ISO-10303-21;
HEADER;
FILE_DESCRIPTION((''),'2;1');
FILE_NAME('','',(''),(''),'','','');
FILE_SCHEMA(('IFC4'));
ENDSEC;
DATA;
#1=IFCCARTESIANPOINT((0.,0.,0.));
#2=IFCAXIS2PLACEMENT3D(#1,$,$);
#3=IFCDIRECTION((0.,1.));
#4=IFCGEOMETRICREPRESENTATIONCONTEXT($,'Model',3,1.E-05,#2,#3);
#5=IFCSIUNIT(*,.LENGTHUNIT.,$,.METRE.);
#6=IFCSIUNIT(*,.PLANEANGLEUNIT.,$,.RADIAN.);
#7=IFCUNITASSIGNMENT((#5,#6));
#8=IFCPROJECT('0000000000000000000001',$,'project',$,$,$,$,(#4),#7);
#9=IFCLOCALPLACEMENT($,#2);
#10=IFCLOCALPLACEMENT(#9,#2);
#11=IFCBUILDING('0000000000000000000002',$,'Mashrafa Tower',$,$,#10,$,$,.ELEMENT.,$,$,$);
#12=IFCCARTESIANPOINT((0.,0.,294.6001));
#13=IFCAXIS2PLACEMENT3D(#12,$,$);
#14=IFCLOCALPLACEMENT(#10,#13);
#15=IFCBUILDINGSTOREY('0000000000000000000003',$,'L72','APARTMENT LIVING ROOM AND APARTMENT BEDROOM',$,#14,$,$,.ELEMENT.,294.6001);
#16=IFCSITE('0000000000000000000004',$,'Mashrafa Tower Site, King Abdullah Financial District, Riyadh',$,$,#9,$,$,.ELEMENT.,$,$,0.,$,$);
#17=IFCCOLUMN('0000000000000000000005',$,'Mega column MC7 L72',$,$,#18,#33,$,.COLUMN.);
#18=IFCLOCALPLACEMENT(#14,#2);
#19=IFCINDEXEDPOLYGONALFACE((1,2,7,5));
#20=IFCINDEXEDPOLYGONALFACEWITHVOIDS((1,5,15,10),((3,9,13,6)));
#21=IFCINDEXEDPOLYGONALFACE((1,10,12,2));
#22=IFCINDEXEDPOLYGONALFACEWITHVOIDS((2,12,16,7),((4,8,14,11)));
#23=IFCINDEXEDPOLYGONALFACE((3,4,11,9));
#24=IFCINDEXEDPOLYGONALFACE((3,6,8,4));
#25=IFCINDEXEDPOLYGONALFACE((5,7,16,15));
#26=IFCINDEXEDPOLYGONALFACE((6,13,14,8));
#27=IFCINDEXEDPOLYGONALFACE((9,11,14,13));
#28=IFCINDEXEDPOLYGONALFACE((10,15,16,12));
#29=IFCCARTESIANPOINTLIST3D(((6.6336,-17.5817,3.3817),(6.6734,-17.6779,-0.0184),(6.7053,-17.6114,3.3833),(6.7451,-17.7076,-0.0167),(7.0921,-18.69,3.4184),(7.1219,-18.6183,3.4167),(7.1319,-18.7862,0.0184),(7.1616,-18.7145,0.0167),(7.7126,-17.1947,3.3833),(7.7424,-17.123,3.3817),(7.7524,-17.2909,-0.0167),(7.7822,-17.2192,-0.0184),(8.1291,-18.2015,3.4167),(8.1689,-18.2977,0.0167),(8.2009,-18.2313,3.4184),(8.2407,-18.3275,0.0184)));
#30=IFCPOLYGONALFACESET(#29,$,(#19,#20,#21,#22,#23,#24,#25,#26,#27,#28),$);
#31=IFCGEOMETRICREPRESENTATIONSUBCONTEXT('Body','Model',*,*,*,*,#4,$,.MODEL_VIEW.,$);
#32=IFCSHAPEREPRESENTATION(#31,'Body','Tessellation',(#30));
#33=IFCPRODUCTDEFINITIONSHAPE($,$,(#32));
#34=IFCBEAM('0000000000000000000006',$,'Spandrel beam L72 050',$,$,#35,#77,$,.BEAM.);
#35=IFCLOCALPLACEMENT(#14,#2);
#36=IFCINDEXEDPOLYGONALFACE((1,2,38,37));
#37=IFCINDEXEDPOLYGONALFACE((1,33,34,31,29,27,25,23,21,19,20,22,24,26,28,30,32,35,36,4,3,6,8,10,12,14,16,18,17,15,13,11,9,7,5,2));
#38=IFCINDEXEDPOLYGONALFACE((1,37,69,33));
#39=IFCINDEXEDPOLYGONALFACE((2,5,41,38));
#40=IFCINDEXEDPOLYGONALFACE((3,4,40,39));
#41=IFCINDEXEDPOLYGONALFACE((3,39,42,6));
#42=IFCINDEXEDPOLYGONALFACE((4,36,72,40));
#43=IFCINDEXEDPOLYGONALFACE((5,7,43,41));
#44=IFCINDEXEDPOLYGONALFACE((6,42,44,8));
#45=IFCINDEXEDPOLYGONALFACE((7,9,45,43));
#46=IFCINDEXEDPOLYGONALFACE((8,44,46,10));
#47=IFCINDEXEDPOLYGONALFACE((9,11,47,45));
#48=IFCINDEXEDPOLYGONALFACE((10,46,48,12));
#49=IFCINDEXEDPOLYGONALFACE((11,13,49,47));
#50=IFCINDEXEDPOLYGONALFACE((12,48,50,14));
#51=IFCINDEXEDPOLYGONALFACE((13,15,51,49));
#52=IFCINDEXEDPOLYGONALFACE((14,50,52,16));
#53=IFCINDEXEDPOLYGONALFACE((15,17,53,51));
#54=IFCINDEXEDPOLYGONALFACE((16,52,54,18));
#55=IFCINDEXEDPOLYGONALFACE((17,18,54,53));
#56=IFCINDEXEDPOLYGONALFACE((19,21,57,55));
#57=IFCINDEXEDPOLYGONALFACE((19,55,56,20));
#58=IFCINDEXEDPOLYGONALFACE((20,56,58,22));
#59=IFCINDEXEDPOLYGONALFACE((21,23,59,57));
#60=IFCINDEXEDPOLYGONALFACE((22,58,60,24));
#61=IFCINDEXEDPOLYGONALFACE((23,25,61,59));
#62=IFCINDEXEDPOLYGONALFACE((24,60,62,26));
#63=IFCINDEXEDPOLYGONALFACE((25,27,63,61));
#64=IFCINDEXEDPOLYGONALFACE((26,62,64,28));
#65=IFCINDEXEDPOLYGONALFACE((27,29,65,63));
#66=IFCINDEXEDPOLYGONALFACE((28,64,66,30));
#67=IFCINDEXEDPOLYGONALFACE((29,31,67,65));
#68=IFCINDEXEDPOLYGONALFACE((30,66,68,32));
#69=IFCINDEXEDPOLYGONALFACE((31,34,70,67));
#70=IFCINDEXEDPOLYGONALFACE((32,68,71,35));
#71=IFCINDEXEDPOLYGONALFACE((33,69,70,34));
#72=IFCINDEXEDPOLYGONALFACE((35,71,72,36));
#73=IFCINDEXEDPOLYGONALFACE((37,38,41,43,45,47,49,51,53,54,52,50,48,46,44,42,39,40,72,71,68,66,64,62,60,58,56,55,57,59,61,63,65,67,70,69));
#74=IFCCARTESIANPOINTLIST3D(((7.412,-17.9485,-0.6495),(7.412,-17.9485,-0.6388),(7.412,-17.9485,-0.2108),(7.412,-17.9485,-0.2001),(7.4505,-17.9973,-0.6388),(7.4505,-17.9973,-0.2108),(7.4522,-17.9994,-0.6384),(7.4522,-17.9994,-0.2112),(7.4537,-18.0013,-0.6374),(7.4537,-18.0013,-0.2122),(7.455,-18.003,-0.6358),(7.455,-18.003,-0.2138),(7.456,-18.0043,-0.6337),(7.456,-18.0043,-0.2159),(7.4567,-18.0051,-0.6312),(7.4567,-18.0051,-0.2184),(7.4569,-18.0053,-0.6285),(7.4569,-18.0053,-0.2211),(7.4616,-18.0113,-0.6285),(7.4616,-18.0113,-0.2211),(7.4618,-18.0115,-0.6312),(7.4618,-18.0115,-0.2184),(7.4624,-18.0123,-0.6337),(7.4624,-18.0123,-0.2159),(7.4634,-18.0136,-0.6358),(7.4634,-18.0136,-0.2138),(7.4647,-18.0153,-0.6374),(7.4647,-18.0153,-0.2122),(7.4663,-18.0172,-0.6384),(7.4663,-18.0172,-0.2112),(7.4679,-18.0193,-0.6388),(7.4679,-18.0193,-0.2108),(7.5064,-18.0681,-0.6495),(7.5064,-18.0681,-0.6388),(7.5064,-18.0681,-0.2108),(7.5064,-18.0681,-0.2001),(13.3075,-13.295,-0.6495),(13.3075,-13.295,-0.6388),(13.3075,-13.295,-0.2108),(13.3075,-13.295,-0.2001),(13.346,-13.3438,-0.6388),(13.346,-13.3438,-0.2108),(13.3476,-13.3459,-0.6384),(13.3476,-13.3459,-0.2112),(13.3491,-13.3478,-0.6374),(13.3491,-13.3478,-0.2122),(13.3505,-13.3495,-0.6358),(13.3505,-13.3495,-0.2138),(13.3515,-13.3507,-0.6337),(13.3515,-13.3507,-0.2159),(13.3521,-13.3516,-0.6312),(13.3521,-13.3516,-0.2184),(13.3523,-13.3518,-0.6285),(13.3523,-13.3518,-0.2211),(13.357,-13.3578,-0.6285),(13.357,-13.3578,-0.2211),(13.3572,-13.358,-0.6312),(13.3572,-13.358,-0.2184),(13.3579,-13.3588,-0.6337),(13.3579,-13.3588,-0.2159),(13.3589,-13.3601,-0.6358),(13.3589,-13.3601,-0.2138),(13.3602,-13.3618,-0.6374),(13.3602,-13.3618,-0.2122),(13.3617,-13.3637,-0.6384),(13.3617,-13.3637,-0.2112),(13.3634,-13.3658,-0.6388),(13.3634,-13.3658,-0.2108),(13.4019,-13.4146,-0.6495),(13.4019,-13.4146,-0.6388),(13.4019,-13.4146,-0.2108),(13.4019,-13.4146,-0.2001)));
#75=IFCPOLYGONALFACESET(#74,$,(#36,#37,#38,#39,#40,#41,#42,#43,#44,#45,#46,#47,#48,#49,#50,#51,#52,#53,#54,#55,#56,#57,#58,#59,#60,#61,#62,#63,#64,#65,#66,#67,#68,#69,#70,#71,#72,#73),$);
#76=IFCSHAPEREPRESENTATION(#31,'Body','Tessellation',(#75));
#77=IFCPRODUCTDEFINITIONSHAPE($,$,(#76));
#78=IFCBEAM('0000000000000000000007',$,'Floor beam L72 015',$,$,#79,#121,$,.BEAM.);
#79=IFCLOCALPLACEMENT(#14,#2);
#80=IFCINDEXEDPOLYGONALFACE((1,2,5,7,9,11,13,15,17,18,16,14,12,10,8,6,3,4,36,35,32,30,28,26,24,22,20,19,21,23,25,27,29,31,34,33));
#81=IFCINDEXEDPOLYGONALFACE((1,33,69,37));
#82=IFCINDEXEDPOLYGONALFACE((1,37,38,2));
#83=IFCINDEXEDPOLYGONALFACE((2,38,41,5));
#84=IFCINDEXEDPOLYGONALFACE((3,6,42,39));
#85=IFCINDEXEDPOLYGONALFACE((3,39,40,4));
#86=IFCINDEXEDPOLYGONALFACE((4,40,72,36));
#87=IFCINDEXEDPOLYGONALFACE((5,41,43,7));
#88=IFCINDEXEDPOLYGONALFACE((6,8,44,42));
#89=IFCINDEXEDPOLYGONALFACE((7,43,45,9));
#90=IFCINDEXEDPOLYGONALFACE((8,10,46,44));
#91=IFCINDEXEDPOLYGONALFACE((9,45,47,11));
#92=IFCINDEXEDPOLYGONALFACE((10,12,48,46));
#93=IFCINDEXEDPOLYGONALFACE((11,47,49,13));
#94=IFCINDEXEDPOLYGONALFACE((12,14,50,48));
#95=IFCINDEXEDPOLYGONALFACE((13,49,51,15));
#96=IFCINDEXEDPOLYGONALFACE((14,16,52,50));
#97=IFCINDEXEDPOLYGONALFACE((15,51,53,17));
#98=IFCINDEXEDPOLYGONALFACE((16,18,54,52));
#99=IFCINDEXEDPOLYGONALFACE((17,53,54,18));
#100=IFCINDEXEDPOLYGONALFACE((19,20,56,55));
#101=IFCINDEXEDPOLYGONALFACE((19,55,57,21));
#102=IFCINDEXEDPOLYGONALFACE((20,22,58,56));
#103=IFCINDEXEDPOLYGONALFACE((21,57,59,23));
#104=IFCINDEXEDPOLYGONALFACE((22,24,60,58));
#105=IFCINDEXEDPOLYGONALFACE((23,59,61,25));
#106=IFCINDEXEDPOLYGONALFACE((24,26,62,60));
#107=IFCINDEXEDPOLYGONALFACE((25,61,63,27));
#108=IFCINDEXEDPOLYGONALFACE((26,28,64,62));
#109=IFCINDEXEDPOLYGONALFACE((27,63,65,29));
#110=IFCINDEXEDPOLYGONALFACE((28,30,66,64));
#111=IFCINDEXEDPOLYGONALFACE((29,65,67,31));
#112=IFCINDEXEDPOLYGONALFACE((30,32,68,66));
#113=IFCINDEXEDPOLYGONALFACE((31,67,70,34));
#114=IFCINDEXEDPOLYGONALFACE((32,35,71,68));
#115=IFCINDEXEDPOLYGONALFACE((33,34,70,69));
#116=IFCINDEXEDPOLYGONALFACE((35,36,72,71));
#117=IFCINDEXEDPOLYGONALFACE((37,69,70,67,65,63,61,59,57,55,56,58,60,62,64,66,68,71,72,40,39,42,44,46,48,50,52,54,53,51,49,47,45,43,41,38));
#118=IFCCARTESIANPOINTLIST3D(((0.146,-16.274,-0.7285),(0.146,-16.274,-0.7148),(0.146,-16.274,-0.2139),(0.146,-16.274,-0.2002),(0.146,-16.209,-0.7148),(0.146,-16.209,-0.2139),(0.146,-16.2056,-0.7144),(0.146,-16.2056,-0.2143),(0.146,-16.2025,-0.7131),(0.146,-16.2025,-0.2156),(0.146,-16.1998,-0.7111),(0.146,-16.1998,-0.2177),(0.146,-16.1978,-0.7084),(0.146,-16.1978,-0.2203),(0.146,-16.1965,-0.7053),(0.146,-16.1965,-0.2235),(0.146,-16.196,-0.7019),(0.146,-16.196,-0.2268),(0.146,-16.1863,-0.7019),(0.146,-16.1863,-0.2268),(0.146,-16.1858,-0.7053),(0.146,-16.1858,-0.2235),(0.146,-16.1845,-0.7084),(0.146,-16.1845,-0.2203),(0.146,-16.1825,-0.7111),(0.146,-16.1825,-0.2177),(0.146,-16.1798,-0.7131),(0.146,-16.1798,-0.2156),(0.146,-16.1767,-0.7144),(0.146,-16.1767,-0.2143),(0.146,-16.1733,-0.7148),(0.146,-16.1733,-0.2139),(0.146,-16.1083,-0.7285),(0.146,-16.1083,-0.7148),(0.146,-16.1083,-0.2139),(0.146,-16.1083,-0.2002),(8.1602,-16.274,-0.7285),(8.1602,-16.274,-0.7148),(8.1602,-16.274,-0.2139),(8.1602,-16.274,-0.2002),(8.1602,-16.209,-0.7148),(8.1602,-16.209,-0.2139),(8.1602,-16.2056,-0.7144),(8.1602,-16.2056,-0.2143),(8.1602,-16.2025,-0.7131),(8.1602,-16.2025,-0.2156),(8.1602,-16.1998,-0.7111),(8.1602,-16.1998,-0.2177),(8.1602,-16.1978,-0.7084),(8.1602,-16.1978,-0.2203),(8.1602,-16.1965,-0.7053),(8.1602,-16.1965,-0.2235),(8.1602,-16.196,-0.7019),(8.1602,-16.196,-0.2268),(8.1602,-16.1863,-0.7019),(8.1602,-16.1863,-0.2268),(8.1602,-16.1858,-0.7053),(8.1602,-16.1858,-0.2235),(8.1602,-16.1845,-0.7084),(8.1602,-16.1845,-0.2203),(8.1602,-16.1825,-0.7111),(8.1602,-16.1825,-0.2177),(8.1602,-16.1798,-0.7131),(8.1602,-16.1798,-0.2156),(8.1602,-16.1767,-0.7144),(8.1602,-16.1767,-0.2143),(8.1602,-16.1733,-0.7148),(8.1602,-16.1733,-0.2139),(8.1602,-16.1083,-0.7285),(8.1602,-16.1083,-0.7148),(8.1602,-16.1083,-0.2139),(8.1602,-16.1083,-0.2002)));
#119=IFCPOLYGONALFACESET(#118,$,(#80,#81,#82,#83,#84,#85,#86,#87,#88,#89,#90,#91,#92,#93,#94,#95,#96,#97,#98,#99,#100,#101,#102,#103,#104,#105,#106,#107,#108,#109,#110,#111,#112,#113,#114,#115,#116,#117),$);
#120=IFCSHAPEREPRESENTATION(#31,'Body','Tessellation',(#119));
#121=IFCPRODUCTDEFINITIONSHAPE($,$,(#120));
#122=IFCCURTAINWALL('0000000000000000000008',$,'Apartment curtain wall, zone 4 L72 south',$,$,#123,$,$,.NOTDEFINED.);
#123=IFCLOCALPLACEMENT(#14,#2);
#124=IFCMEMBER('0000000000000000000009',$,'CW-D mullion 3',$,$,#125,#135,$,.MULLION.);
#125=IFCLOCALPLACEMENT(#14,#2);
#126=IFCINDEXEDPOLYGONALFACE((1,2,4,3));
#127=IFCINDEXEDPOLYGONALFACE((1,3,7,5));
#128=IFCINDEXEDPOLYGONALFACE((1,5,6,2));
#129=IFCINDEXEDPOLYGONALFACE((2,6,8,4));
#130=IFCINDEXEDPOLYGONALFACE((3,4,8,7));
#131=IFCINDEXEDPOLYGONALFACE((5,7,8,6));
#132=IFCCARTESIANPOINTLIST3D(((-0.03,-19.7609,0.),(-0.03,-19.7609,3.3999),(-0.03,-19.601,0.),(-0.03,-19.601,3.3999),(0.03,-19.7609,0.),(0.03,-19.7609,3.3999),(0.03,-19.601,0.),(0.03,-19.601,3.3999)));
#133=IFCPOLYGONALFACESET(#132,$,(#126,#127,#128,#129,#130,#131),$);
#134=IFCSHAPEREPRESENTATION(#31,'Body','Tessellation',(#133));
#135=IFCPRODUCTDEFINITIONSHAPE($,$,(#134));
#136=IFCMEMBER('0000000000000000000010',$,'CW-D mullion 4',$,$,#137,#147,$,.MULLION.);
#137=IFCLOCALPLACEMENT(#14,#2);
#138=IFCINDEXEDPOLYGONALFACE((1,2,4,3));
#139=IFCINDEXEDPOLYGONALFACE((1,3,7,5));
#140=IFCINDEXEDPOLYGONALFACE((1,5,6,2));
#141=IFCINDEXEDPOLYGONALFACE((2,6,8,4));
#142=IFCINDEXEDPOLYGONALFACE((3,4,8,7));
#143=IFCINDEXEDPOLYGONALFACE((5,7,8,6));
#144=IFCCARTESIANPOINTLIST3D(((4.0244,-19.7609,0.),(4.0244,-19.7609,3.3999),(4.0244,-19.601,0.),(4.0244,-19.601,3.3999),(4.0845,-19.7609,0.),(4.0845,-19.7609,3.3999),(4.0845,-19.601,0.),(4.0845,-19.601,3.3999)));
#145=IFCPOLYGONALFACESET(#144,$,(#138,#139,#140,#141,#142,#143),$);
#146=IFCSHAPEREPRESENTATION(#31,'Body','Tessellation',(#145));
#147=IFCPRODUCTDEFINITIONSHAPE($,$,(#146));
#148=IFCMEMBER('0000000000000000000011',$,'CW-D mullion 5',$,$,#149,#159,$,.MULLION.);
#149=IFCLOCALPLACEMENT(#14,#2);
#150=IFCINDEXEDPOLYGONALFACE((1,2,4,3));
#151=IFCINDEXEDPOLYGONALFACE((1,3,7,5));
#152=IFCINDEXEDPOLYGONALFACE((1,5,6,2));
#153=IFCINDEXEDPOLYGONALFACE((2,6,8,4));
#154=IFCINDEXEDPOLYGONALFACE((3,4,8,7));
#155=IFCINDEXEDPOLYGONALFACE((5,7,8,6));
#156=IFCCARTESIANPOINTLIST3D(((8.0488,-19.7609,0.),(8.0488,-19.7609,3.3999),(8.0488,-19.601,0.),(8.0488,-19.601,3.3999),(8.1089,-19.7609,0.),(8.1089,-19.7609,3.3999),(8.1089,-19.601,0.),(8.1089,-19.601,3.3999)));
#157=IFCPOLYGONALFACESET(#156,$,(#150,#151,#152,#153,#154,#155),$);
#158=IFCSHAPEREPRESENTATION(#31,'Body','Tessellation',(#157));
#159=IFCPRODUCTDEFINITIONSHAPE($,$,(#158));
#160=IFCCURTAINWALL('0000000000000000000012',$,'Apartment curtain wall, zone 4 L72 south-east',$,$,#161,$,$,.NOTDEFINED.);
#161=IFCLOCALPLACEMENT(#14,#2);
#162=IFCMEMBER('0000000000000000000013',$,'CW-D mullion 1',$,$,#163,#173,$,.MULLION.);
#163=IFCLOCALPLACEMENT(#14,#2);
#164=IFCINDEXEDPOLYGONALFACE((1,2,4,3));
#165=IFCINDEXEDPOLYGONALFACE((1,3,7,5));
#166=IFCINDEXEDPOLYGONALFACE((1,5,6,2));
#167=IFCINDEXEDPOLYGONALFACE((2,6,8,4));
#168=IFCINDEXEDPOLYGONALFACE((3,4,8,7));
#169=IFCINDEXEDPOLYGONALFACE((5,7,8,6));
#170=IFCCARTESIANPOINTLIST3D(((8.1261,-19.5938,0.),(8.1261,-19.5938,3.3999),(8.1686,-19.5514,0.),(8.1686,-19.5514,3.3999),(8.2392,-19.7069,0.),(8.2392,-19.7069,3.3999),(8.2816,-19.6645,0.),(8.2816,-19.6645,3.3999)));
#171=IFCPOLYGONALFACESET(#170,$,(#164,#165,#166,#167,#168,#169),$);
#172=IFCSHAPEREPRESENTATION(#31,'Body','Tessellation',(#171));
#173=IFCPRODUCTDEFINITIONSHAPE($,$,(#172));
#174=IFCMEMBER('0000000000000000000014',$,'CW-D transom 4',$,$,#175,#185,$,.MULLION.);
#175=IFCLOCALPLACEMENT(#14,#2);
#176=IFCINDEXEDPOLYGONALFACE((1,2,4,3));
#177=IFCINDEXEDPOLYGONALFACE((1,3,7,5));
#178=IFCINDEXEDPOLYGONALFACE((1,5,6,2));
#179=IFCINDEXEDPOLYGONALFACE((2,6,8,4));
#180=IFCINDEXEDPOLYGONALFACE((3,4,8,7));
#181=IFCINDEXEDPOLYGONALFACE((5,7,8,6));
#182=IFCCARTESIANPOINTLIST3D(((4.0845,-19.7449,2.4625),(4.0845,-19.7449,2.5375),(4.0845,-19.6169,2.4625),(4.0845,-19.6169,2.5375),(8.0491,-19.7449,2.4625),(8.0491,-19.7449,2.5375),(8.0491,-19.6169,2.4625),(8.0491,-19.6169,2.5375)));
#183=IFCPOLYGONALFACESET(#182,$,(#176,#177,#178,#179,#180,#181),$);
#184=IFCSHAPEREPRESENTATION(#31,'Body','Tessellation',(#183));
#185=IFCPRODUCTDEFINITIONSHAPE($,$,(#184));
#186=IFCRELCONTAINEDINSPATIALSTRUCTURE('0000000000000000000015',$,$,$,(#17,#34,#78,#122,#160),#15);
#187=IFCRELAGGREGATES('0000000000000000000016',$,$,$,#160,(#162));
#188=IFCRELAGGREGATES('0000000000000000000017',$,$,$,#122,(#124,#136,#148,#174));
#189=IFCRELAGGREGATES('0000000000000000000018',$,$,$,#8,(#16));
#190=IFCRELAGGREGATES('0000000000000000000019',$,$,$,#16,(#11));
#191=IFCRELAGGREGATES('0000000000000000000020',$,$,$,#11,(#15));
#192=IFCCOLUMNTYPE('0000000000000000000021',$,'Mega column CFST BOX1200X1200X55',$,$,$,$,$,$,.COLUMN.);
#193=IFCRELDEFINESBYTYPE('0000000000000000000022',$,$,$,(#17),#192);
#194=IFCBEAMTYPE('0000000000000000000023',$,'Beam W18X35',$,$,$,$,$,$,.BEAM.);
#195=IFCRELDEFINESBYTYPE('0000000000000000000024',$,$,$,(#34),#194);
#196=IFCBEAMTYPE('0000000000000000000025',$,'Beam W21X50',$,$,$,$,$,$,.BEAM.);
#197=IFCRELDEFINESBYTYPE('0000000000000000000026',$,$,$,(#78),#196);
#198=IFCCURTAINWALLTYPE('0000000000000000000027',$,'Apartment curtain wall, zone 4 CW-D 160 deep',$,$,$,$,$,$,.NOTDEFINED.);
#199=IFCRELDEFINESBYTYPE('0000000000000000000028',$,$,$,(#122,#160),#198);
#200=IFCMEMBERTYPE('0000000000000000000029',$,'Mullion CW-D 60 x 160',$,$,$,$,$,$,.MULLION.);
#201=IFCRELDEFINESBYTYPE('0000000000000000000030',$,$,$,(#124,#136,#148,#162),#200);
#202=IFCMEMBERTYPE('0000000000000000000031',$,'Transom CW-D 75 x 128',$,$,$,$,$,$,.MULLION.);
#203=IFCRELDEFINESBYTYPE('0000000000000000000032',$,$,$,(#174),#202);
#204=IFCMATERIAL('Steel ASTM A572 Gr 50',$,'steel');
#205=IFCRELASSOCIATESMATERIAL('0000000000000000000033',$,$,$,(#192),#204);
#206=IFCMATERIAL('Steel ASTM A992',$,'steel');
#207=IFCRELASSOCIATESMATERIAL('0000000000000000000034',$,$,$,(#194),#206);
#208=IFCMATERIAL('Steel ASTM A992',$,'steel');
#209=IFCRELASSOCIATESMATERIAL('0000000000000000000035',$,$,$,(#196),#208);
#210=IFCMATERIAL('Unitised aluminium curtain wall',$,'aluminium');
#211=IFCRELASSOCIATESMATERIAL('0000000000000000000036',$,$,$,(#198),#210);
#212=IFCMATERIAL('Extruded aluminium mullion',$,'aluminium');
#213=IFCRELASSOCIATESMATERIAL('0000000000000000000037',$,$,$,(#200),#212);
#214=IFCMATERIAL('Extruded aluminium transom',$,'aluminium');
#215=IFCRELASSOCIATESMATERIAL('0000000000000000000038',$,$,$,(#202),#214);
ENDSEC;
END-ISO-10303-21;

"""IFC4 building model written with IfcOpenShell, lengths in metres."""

from ifc_helpers import new_model, si_unit, direction, frame, origin, origin_2d, place, context, subcontext, project, spatial, rectangle, hollow_rectangle, i_section, extrude, source, transform, mapped, material, material_profile, profile_set, type_object, type_shapes, element, aggregate, save


model = new_model("IFC4")

# Units and contexts
model_context = context("Model", 3, precision=1e-05, world=origin(), true_north=direction((0.0, 1.0)))
body_context = subcontext(model_context, "Body", "Model", "MODEL_VIEW")
ifc_project = project(units=[si_unit("LENGTHUNIT", "METRE"), si_unit("PLANEANGLEUNIT", "RADIAN")], contexts=[model_context])

# Site, building, storey
site_placement = place(None, origin())
site = spatial("IfcSite", under=ifc_project, at=site_placement, Name="Mashrafa Tower Site, King Abdullah Financial District, Riyadh", CompositionType="ELEMENT", RefElevation=0.0)
building_placement = place(site_placement, origin())
building = spatial("IfcBuilding", under=site, at=building_placement, Name="Mashrafa Tower", CompositionType="ELEMENT")
storey_placement = place(building_placement, frame((0.0, 0.0, 294.6001)))
storey = spatial("IfcBuildingStorey", under=building, at=storey_placement, Name="L72", Description="APARTMENT LIVING ROOM AND APARTMENT BEDROOM", CompositionType="ELEMENT", Elevation=294.6001)

# Column
ifc_material_1 = material(Name="Steel ASTM A572 Gr 50", Category="steel")
ifc_material_profile_1 = material_profile(ifc_material_1, hollow_rectangle(XDim=1.2, YDim=1.2, WallThickness=0.0549, at=origin_2d()), Name="BOX1200X1200X55")
ifc_profile_set_1 = profile_set([ifc_material_profile_1], Name="Steel ASTM A572 Gr 50")
column_type = type_object("IfcColumnType", Name="Mega column CFST BOX1200X1200X55", PredefinedType="COLUMN", material=ifc_profile_set_1)
column_placement = place(storey_placement, frame((7.457, -18.0027, 0.0), z_axis=(-0.011699, 0.028279, 0.999532), x_axis=(-0.924045, -0.382283, 0.0)))
element("IfcColumn", 1, at=column_placement, inside=storey, type_object=column_type, Name="Mega column MC7 L72", PredefinedType="COLUMN", context=body_context, shape_type="SweptSolid", body=[
    extrude(hollow_rectangle(XDim=1.2, YDim=1.2, WallThickness=0.0549, at=origin_2d()), origin(), (0.0, 0.0, 1.0), 3.4016),
])

# Beams
ifc_material_2 = material(Name="Steel ASTM A992", Category="steel")
ifc_material_profile_2 = material_profile(ifc_material_2, i_section(OverallWidth=0.1523, OverallDepth=0.4495, WebThickness=0.0076, FlangeThickness=0.0107, FilletRadius=0.0103, at=origin_2d()), Name="W18X35")
ifc_profile_set_2 = profile_set([ifc_material_profile_2], Name="Steel ASTM A992")
beam_type_1 = type_object("IfcBeamType", Name="Beam W18X35", PredefinedType="BEAM", material=ifc_profile_set_2)
beam_1_placement = place(storey_placement, frame((7.4592, -18.0083, -0.4248), z_axis=(0.784934, 0.61958, 0.0), x_axis=(-0.61958, 0.784934, 0.0)))
element("IfcBeam", 2, at=beam_1_placement, inside=storey, type_object=beam_type_1, Name="Spandrel beam L72 050", PredefinedType="BEAM", context=body_context, shape_type="SweptSolid", body=[
    extrude(i_section(OverallWidth=0.1523, OverallDepth=0.4495, WebThickness=0.0076, FlangeThickness=0.0107, FilletRadius=0.0103, at=origin_2d()), origin(), (0.0, 0.0, 1.0), 7.5107),
])
ifc_material_3 = material(Name="Steel ASTM A992", Category="steel")
ifc_material_profile_3 = material_profile(ifc_material_3, i_section(OverallWidth=0.1658, OverallDepth=0.5283, WebThickness=0.0098, FlangeThickness=0.0137, FilletRadius=0.0129, at=origin_2d()), Name="W21X50")
ifc_profile_set_3 = profile_set([ifc_material_profile_3], Name="Steel ASTM A992")
beam_type_2 = type_object("IfcBeamType", Name="Beam W21X50", PredefinedType="BEAM", material=ifc_profile_set_3)
beam_2_placement = place(storey_placement, frame((8.1602, -16.1912, -0.4644), z_axis=(-1.0, 0.0, 0.0), x_axis=(0.0, -1.0, 0.0)))
element("IfcBeam", 3, at=beam_2_placement, inside=storey, type_object=beam_type_2, Name="Floor beam L72 015", PredefinedType="BEAM", context=body_context, shape_type="SweptSolid", body=[
    extrude(i_section(OverallWidth=0.1658, OverallDepth=0.5283, WebThickness=0.0098, FlangeThickness=0.0137, FilletRadius=0.0129, at=origin_2d()), origin(), (0.0, 0.0, 1.0), 8.0142),
])

# Curtain wall, members
ifc_material_4 = material(Name="Unitised aluminium curtain wall", Category="aluminium")
curtain_wall_type = type_object("IfcCurtainWallType", Name="Apartment curtain wall, zone 4 CW-D 160 deep", PredefinedType="NOTDEFINED", material=ifc_material_4)
curtain_wall_1_placement = place(storey_placement, origin())
curtain_wall_1 = element("IfcCurtainWall", 4, at=curtain_wall_1_placement, inside=storey, type_object=curtain_wall_type, Name="Apartment curtain wall, zone 4 L72 south", PredefinedType="NOTDEFINED")
ifc_material_5 = material(Name="Extruded aluminium mullion", Category="aluminium")
ifc_material_profile_4 = material_profile(ifc_material_5, rectangle(XDim=0.1599, YDim=0.0601, at=origin_2d()), Name="Mullion 60x160")
ifc_profile_set_4 = profile_set([ifc_material_profile_4], Name="Extruded aluminium mullion")
member_type_1 = type_object("IfcMemberType", Name="Mullion CW-D 60 x 160", PredefinedType="MULLION", material=ifc_profile_set_4)
shared_shape_1 = source(origin(), body_context, "Body", "SweptSolid", [
    extrude(rectangle(XDim=0.1599, YDim=0.0601, at=origin_2d()), origin(), (0.0, 0.0, 1.0), 3.3999),
])
type_shapes(member_type_1, [shared_shape_1])
member_1_placement = place(storey_placement, frame((0.0, -19.6809, 0.0), z_axis=(0.0, 0.0, 1.0), x_axis=(0.0, 1.0, 0.0)))
member_1 = element("IfcMember", 5, at=member_1_placement, type_object=member_type_1, Name="CW-D mullion 3", PredefinedType="MULLION", context=body_context, shape_type="MappedRepresentation", body=[
    mapped(shared_shape_1, transform((0.0, 0.0, 0.0))),
])
member_2_placement = place(storey_placement, frame((4.0544, -19.6809, 0.0), z_axis=(0.0, 0.0, 1.0), x_axis=(0.0, 1.0, 0.0)))
member_2 = element("IfcMember", 6, at=member_2_placement, type_object=member_type_1, Name="CW-D mullion 4", PredefinedType="MULLION", context=body_context, shape_type="MappedRepresentation", body=[
    mapped(shared_shape_1, transform((0.0, 0.0, 0.0))),
])
member_3_placement = place(storey_placement, frame((8.0789, -19.6809, 0.0), z_axis=(0.0, 0.0, 1.0), x_axis=(0.0, 1.0, 0.0)))
member_3 = element("IfcMember", 7, at=member_3_placement, type_object=member_type_1, Name="CW-D mullion 5", PredefinedType="MULLION", context=body_context, shape_type="MappedRepresentation", body=[
    mapped(shared_shape_1, transform((0.0, 0.0, 0.0))),
])

# Curtain wall, member
curtain_wall_2_placement = place(storey_placement, origin())
curtain_wall_2 = element("IfcCurtainWall", 8, at=curtain_wall_2_placement, inside=storey, type_object=curtain_wall_type, Name="Apartment curtain wall, zone 4 L72 south-east", PredefinedType="NOTDEFINED")
member_4_placement = place(storey_placement, frame((8.2039, -19.6292, 0.0), z_axis=(0.0, 0.0, 1.0), x_axis=(-0.707107, 0.707107, 0.0)))
member_4 = element("IfcMember", 9, at=member_4_placement, type_object=member_type_1, Name="CW-D mullion 1", PredefinedType="MULLION", context=body_context, shape_type="MappedRepresentation", body=[
    mapped(shared_shape_1, transform((0.0, 0.0, 0.0))),
])

# Member
ifc_material_6 = material(Name="Extruded aluminium transom", Category="aluminium")
ifc_material_profile_5 = material_profile(ifc_material_6, rectangle(XDim=0.1279, YDim=0.075, at=origin_2d()), Name="Transom 75x128")
ifc_profile_set_5 = profile_set([ifc_material_profile_5], Name="Extruded aluminium transom")
member_type_2 = type_object("IfcMemberType", Name="Transom CW-D 75 x 128", PredefinedType="MULLION", material=ifc_profile_set_5)
shared_shape_2 = source(origin(), body_context, "Body", "SweptSolid", [
    extrude(rectangle(XDim=0.1279, YDim=0.075, at=origin_2d()), origin(), (0.0, 0.0, 1.0), 3.9646),
])
member_5_placement = place(storey_placement, frame((4.0845, -19.6809, 2.5), z_axis=(1.0, 0.0, 0.0), x_axis=(0.0, 1.0, 0.0)))
member_5 = element("IfcMember", 10, at=member_5_placement, type_object=member_type_2, Name="CW-D transom 4", PredefinedType="MULLION", context=body_context, shape_type="MappedRepresentation", body=[
    mapped(shared_shape_2, transform((0.0, 0.0, 0.0))),
])

aggregate(curtain_wall_2, [member_4])
aggregate(curtain_wall_1, [member_1, member_2, member_3, member_5])

save(model, "model.ifc")
